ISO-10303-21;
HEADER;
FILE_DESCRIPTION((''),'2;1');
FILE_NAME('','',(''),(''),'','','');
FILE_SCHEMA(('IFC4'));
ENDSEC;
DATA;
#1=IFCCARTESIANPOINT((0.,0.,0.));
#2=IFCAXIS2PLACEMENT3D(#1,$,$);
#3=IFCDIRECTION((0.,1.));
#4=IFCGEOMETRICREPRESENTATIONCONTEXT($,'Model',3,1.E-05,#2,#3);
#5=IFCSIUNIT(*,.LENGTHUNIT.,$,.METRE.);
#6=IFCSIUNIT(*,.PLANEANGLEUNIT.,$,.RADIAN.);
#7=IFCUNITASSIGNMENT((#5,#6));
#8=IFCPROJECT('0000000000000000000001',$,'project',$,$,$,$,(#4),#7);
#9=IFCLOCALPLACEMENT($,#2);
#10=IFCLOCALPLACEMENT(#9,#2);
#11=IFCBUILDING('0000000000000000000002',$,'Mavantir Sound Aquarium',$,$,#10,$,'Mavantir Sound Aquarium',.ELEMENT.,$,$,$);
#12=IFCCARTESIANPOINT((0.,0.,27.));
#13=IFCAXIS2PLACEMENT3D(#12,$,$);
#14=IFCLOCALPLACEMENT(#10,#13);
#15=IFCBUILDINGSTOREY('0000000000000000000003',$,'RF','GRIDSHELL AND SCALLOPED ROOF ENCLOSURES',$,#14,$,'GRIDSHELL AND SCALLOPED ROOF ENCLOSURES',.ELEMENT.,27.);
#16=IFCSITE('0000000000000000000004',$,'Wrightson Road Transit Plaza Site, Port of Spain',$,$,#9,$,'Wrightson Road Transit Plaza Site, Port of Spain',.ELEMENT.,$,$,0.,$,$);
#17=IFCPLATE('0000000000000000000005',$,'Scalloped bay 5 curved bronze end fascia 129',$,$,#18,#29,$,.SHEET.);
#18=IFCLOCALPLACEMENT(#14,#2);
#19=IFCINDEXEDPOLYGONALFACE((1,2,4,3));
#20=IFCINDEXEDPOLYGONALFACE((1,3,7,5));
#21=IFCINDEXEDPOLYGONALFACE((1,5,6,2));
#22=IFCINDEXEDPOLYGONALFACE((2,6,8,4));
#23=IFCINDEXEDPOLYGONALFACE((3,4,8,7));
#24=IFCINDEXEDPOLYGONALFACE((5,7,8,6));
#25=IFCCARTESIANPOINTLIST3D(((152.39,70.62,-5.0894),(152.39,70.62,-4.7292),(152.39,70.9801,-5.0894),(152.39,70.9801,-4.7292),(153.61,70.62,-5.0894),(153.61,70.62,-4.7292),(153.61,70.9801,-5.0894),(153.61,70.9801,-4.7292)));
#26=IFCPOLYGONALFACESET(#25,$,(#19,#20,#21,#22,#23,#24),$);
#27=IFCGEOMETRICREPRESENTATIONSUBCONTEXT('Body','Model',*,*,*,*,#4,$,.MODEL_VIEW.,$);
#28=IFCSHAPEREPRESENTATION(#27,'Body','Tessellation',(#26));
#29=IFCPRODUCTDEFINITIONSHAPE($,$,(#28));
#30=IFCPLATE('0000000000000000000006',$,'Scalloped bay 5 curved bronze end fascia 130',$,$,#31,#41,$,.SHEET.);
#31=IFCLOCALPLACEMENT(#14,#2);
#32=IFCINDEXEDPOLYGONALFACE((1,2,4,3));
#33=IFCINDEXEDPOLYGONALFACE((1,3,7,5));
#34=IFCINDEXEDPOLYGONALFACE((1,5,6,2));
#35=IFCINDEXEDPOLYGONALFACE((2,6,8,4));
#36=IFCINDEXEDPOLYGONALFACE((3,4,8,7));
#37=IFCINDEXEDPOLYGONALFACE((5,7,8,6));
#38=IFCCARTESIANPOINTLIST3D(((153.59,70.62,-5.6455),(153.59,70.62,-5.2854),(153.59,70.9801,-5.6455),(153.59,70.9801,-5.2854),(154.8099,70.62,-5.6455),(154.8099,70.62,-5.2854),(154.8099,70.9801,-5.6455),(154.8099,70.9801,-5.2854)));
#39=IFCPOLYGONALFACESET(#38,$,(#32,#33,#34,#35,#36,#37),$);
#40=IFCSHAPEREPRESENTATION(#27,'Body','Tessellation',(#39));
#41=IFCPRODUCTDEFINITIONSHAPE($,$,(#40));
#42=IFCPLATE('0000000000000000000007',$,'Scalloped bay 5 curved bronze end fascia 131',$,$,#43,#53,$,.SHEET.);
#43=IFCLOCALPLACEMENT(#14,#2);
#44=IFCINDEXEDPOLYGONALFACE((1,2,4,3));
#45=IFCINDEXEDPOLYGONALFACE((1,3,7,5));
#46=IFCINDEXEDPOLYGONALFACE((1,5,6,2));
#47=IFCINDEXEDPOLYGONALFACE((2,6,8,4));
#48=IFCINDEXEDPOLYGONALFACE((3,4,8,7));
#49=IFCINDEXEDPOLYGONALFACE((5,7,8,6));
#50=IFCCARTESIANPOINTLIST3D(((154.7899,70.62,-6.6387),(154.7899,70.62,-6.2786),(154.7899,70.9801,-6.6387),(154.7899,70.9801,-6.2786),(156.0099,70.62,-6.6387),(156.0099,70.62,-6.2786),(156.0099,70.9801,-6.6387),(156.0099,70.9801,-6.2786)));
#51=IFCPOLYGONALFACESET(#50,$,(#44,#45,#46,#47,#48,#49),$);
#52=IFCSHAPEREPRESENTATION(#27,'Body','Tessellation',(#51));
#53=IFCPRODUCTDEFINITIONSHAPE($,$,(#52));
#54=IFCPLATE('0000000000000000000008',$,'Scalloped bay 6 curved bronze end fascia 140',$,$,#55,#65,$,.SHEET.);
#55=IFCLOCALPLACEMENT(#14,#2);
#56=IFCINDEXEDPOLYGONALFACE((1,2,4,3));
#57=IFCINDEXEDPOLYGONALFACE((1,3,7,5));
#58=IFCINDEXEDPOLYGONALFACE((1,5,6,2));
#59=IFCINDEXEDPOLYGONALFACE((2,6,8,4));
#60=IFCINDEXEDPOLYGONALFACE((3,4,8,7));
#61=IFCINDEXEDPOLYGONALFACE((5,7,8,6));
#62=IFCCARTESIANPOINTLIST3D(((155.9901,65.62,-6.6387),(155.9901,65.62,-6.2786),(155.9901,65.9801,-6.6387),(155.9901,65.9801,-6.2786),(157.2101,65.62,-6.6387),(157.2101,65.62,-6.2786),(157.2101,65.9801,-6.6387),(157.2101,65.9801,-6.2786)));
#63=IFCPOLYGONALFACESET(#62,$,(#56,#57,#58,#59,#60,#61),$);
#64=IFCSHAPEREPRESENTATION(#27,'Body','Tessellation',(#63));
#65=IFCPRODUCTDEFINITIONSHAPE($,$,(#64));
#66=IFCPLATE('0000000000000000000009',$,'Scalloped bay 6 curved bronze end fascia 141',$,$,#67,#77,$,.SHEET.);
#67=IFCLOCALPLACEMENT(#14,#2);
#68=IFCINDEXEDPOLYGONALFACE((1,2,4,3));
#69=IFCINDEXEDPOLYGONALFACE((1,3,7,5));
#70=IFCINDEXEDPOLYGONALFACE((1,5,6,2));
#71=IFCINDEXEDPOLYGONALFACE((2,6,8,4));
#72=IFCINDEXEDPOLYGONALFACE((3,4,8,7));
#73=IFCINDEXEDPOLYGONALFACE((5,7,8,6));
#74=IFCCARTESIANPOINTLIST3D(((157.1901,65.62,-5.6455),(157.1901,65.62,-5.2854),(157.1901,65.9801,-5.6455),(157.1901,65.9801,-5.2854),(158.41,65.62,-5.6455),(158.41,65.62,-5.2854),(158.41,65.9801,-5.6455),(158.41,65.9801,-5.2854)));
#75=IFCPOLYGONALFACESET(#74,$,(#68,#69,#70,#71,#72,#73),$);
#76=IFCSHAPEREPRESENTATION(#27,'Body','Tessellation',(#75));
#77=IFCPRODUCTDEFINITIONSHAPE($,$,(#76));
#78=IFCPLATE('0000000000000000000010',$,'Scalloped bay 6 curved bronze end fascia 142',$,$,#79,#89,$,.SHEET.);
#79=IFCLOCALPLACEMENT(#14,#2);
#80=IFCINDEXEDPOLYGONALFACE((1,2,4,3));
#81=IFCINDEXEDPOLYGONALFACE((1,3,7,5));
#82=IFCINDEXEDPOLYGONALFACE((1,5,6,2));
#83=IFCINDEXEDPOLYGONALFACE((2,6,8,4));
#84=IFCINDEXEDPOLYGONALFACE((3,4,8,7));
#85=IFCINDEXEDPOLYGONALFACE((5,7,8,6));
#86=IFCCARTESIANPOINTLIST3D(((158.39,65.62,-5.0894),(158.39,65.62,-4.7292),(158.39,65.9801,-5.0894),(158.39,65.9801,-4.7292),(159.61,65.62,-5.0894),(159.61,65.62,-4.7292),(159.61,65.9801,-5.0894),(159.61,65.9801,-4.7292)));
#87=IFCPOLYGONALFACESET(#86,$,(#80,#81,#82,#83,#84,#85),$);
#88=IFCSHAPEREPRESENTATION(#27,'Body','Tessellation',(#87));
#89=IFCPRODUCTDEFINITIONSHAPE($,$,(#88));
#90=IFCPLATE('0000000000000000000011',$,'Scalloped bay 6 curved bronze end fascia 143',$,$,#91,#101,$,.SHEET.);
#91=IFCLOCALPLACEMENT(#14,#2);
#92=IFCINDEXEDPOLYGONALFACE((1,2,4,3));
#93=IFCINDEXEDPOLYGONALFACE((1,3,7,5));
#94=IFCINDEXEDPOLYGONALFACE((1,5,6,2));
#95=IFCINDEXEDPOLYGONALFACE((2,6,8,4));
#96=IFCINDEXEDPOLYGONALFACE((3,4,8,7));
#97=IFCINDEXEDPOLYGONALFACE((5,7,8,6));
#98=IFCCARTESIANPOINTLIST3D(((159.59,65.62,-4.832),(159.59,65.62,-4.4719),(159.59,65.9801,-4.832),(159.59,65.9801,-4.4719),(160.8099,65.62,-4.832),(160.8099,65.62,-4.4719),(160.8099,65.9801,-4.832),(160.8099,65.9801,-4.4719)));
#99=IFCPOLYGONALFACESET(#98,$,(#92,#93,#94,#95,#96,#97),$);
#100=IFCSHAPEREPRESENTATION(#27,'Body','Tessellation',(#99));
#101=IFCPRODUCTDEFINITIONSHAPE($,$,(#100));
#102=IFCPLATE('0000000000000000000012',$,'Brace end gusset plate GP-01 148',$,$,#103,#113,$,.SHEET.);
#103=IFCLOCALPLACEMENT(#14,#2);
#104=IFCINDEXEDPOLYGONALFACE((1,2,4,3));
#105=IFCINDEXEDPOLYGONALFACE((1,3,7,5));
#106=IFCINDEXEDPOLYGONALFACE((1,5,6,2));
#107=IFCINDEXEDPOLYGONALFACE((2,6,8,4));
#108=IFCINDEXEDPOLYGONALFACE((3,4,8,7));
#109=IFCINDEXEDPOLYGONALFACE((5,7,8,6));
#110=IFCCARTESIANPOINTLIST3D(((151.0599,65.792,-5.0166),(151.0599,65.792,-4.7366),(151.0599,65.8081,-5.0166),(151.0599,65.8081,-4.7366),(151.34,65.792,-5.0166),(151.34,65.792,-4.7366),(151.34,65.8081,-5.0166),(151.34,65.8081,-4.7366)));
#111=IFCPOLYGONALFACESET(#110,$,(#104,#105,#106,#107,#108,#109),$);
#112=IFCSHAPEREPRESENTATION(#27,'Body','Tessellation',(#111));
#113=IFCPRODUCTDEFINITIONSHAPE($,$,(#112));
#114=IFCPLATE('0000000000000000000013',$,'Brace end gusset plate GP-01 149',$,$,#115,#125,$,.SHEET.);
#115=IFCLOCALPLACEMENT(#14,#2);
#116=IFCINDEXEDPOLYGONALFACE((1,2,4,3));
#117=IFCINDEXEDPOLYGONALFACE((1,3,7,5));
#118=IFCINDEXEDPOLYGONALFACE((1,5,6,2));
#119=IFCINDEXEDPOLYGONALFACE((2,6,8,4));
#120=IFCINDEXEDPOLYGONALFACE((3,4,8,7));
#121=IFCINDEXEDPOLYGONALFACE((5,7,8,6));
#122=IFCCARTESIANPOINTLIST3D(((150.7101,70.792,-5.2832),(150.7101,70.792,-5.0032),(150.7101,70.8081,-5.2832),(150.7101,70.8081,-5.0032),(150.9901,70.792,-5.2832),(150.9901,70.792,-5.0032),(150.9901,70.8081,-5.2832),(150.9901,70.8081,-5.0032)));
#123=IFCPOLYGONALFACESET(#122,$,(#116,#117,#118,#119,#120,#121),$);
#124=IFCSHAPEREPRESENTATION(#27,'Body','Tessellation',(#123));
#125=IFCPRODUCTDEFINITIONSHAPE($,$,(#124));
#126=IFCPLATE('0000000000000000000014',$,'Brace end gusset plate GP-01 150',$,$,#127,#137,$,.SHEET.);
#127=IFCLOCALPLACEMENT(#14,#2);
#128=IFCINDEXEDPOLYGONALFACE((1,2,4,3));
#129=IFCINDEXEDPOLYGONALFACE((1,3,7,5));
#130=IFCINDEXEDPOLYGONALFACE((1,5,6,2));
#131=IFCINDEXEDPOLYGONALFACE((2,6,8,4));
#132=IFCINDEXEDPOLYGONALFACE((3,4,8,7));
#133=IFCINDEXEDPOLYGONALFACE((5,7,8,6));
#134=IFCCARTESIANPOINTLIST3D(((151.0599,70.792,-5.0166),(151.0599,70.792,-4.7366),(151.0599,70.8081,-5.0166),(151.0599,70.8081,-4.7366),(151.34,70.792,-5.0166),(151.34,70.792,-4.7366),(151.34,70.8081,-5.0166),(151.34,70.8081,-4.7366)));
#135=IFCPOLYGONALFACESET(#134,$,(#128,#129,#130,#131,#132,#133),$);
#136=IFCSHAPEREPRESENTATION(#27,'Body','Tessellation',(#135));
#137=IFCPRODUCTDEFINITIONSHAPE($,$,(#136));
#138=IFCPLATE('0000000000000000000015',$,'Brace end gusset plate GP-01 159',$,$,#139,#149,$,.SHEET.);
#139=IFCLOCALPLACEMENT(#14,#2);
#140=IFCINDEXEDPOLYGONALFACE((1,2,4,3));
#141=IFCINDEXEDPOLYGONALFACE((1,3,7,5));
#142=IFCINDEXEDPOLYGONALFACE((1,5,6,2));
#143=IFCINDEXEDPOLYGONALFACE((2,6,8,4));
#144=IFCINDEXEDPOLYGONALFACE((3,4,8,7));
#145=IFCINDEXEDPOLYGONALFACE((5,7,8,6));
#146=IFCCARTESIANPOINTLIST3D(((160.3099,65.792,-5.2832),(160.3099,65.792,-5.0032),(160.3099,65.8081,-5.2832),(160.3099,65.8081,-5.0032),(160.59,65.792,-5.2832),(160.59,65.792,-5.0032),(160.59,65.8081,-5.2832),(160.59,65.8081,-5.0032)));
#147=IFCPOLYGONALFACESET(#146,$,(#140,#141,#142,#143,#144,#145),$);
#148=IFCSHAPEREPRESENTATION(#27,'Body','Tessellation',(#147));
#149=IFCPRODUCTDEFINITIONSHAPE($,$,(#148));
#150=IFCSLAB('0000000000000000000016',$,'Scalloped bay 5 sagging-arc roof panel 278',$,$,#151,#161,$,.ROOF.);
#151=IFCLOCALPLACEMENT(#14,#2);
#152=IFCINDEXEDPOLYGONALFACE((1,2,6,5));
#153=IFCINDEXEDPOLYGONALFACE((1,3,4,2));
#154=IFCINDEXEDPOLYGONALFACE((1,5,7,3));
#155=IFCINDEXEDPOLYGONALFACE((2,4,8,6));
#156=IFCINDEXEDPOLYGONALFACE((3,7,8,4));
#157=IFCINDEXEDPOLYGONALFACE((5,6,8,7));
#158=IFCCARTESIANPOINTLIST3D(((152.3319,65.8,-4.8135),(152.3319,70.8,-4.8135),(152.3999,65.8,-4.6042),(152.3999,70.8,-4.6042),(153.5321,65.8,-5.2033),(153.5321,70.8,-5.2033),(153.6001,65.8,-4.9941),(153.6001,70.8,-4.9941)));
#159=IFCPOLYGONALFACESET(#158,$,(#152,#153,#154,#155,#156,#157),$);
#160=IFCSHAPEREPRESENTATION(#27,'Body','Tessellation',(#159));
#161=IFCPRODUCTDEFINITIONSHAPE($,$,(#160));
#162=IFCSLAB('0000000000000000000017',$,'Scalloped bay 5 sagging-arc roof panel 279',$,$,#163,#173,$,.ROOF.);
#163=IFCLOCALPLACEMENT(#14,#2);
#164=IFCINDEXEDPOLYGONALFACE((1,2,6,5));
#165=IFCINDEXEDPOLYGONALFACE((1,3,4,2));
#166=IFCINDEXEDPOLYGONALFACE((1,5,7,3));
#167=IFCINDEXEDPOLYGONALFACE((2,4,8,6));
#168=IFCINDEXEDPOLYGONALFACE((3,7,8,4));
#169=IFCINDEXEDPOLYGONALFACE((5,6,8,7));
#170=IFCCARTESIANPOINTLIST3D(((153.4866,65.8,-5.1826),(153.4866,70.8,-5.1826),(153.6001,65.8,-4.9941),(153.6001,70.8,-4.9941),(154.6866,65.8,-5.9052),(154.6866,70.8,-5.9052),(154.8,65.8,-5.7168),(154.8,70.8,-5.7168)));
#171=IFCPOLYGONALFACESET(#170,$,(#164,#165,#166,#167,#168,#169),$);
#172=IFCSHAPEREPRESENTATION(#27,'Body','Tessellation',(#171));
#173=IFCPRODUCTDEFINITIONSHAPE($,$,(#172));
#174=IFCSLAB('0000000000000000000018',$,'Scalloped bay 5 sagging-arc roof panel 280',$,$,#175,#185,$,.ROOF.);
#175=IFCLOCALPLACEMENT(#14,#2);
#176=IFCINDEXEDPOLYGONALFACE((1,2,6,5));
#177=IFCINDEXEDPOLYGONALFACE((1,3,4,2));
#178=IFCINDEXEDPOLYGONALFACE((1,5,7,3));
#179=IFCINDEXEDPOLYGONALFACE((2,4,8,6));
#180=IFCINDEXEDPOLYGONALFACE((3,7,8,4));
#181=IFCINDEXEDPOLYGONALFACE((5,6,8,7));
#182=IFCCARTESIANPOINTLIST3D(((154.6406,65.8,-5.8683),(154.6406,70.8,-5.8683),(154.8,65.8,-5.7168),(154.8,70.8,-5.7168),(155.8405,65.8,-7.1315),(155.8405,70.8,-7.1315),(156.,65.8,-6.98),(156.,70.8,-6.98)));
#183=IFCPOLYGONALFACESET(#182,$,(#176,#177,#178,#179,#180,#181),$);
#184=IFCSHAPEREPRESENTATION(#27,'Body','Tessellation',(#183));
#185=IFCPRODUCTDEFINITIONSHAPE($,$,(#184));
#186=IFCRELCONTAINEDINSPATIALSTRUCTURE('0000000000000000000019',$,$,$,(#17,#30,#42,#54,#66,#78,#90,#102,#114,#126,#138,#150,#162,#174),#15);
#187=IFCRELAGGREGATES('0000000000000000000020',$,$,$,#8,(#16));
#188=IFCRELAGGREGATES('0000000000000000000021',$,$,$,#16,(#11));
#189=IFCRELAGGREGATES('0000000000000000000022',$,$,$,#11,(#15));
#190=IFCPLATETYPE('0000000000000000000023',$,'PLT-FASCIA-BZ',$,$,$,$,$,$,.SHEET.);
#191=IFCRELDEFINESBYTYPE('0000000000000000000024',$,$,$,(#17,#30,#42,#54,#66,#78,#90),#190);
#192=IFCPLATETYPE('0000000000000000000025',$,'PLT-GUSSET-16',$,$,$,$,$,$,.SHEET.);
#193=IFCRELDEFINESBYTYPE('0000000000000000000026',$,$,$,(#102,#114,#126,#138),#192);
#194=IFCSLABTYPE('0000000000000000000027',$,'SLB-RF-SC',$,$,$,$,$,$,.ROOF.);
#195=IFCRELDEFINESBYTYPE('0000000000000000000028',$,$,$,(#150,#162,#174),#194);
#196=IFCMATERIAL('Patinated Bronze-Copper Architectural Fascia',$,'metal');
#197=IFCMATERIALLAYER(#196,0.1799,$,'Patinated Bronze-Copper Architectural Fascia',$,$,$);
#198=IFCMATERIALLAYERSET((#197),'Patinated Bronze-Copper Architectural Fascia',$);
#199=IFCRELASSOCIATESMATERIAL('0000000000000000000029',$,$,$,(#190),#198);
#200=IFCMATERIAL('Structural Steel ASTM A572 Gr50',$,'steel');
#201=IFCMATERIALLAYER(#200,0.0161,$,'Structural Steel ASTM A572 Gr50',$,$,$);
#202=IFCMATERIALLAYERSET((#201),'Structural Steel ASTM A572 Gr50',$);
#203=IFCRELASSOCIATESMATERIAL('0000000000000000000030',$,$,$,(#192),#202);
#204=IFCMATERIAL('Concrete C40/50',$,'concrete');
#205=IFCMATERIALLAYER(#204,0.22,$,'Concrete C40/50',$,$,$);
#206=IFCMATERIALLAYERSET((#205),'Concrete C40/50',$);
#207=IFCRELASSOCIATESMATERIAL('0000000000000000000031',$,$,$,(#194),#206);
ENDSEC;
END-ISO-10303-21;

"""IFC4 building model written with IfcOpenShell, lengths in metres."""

from ifc_helpers import new_model, si_unit, direction, frame, origin, origin_2d, place, context, subcontext, project, spatial, polyline, rectangle, outline, extrude, material, layer, layer_set, type_object, element, save


model = new_model("IFC4")

# Units and contexts
model_context = context("Model", 3, precision=1e-05, world=origin(), true_north=direction((0.0, 1.0)))
body_context = subcontext(model_context, "Body", "Model", "MODEL_VIEW")
ifc_project = project(units=[si_unit("LENGTHUNIT", "METRE"), si_unit("PLANEANGLEUNIT", "RADIAN")], contexts=[model_context])

# Site, building, storey
site_placement = place(None, origin())
site = spatial("IfcSite", under=ifc_project, at=site_placement, Name="Wrightson Road Transit Plaza Site, Port of Spain", LongName="Wrightson Road Transit Plaza Site, Port of Spain", CompositionType="ELEMENT", RefElevation=0.0)
building_placement = place(site_placement, origin())
building = spatial("IfcBuilding", under=site, at=building_placement, Name="Mavantir Sound Aquarium", LongName="Mavantir Sound Aquarium", CompositionType="ELEMENT")
storey_placement = place(building_placement, frame((0.0, 0.0, 27.0)))
storey = spatial("IfcBuildingStorey", under=building, at=storey_placement, Name="RF", Description="GRIDSHELL AND SCALLOPED ROOF ENCLOSURES", LongName="GRIDSHELL AND SCALLOPED ROOF ENCLOSURES", CompositionType="ELEMENT", Elevation=27.0)

# Shared definitions
ifc_material_1 = material(Name="Concrete C40/50", Category="concrete")

# Plates
ifc_material_2 = material(Name="Structural Steel ASTM A572 Gr50", Category="steel")
ifc_material_3 = material(Name="Patinated Bronze-Copper Architectural Fascia", Category="metal")
ifc_layer_1 = layer(ifc_material_3, 0.1799, Name="Patinated Bronze-Copper Architectural Fascia")
ifc_layer_set_1 = layer_set([ifc_layer_1], Name="Patinated Bronze-Copper Architectural Fascia")
plate_type_1 = type_object("IfcPlateType", Name="PLT-FASCIA-BZ", PredefinedType="SHEET", material=ifc_layer_set_1)
for number, where, z_axis, x_axis, name in (
    (1, (153.0, 70.8, -5.0894), (0.0, 0.0, 1.0), (1.0, 0.0, 0.0), "Scalloped bay 5 curved bronze end fascia 129"),
    (2, (154.2, 70.8, -5.6455), (0.0, 0.0, 1.0), (1.0, 0.0, 0.0), "Scalloped bay 5 curved bronze end fascia 130"),
    (3, (155.3999, 70.8, -6.6387), (0.0, 0.0, 1.0), (1.0, 0.0, 0.0), "Scalloped bay 5 curved bronze end fascia 131"),
    (4, (156.6001, 65.8, -6.6387), (0.0, 0.0, 1.0), (1.0, 0.0, 0.0), "Scalloped bay 6 curved bronze end fascia 140"),
    (5, (157.8, 65.8, -5.6455), (0.0, 0.0, 1.0), (1.0, 0.0, 0.0), "Scalloped bay 6 curved bronze end fascia 141"),
    (6, (159.0, 65.8, -5.0894), (0.0, 0.0, 1.0), (1.0, 0.0, 0.0), "Scalloped bay 6 curved bronze end fascia 142"),
    (7, (160.2, 65.8, -4.832), (0.0, 0.0, 1.0), (1.0, 0.0, 0.0), "Scalloped bay 6 curved bronze end fascia 143"),
):
    element("IfcPlate", number, at=place(storey_placement, frame(where, z_axis=z_axis, x_axis=x_axis)), inside=storey, type_object=plate_type_1, Name=name, PredefinedType="SHEET", context=body_context, shape_type="SweptSolid", body=[
        extrude(rectangle(XDim=1.22, YDim=0.3601, at=origin_2d()), origin(), (0.0, 0.0, 1.0), 0.3601),
    ])
ifc_layer_2 = layer(ifc_material_2, 0.0161, Name="Structural Steel ASTM A572 Gr50")
ifc_layer_set_2 = layer_set([ifc_layer_2], Name="Structural Steel ASTM A572 Gr50")
plate_type_2 = type_object("IfcPlateType", Name="PLT-GUSSET-16", PredefinedType="SHEET", material=ifc_layer_set_2)
for number, where, z_axis, x_axis, name in (
    (8, (151.2, 65.8, -5.0166), (0.0, 0.0, 1.0), (1.0, 0.0, 0.0), "Brace end gusset plate GP-01 148"),
    (9, (150.8501, 70.8, -5.2832), (0.0, 0.0, 1.0), (1.0, 0.0, 0.0), "Brace end gusset plate GP-01 149"),
    (10, (151.2, 70.8, -5.0166), (0.0, 0.0, 1.0), (1.0, 0.0, 0.0), "Brace end gusset plate GP-01 150"),
    (11, (160.45, 65.8, -5.2832), (0.0, 0.0, 1.0), (1.0, 0.0, 0.0), "Brace end gusset plate GP-01 159"),
):
    element("IfcPlate", number, at=place(storey_placement, frame(where, z_axis=z_axis, x_axis=x_axis)), inside=storey, type_object=plate_type_2, Name=name, PredefinedType="SHEET", context=body_context, shape_type="SweptSolid", body=[
        extrude(rectangle(XDim=0.28, YDim=0.0161, at=origin_2d()), origin(), (0.0, 0.0, 1.0), 0.28),
    ])

# Slabs
ifc_layer_3 = layer(ifc_material_1, 0.22, Name="Concrete C40/50")
ifc_layer_set_3 = layer_set([ifc_layer_3], Name="Concrete C40/50")
slab_type = type_object("IfcSlabType", Name="SLB-RF-SC", PredefinedType="ROOF", material=ifc_layer_set_3)
slab_1_placement = place(storey_placement, frame((152.3999, 65.8, -4.6042), z_axis=(0.308964, 0.0, 0.951074), x_axis=(0.951074, 0.0, -0.308964)))
element("IfcSlab", 12, at=slab_1_placement, inside=storey, type_object=slab_type, Name="Scalloped bay 5 sagging-arc roof panel 278", PredefinedType="ROOF", context=body_context, shape_type="SweptSolid", body=[
    extrude(outline(polyline([(0.0, 0.0), (1.2619, 0.0), (1.2619, 5.0), (0.0, 5.0), (0.0, 0.0)])), origin(), (0.0, 0.0, -1.0), 0.22),
])
slab_2_placement = place(storey_placement, frame((153.6001, 65.8, -4.9941), z_axis=(0.515905, 0.0, 0.856646), x_axis=(0.856646, 0.0, -0.515905)))
element("IfcSlab", 13, at=slab_2_placement, inside=storey, type_object=slab_type, Name="Scalloped bay 5 sagging-arc roof panel 279", PredefinedType="ROOF", context=body_context, shape_type="SweptSolid", body=[
    extrude(outline(polyline([(0.0, 0.0), (1.4008, 0.0), (1.4008, 5.0), (0.0, 5.0), (0.0, 0.0)])), origin(), (0.0, 0.0, -1.0), 0.22),
])
slab_3_placement = place(storey_placement, frame((154.8, 65.8, -5.7168), z_axis=(0.72502, 0.0, 0.688727), x_axis=(0.688727, 0.0, -0.72502)))
element("IfcSlab", 14, at=slab_3_placement, inside=storey, type_object=slab_type, Name="Scalloped bay 5 sagging-arc roof panel 280", PredefinedType="ROOF", context=body_context, shape_type="SweptSolid", body=[
    extrude(outline(polyline([(0.0, 0.0), (1.7423, 0.0), (1.7423, 5.0), (0.0, 5.0), (0.0, 0.0)])), origin(), (0.0, 0.0, -1.0), 0.22),
])

save(model, "model.ifc")
